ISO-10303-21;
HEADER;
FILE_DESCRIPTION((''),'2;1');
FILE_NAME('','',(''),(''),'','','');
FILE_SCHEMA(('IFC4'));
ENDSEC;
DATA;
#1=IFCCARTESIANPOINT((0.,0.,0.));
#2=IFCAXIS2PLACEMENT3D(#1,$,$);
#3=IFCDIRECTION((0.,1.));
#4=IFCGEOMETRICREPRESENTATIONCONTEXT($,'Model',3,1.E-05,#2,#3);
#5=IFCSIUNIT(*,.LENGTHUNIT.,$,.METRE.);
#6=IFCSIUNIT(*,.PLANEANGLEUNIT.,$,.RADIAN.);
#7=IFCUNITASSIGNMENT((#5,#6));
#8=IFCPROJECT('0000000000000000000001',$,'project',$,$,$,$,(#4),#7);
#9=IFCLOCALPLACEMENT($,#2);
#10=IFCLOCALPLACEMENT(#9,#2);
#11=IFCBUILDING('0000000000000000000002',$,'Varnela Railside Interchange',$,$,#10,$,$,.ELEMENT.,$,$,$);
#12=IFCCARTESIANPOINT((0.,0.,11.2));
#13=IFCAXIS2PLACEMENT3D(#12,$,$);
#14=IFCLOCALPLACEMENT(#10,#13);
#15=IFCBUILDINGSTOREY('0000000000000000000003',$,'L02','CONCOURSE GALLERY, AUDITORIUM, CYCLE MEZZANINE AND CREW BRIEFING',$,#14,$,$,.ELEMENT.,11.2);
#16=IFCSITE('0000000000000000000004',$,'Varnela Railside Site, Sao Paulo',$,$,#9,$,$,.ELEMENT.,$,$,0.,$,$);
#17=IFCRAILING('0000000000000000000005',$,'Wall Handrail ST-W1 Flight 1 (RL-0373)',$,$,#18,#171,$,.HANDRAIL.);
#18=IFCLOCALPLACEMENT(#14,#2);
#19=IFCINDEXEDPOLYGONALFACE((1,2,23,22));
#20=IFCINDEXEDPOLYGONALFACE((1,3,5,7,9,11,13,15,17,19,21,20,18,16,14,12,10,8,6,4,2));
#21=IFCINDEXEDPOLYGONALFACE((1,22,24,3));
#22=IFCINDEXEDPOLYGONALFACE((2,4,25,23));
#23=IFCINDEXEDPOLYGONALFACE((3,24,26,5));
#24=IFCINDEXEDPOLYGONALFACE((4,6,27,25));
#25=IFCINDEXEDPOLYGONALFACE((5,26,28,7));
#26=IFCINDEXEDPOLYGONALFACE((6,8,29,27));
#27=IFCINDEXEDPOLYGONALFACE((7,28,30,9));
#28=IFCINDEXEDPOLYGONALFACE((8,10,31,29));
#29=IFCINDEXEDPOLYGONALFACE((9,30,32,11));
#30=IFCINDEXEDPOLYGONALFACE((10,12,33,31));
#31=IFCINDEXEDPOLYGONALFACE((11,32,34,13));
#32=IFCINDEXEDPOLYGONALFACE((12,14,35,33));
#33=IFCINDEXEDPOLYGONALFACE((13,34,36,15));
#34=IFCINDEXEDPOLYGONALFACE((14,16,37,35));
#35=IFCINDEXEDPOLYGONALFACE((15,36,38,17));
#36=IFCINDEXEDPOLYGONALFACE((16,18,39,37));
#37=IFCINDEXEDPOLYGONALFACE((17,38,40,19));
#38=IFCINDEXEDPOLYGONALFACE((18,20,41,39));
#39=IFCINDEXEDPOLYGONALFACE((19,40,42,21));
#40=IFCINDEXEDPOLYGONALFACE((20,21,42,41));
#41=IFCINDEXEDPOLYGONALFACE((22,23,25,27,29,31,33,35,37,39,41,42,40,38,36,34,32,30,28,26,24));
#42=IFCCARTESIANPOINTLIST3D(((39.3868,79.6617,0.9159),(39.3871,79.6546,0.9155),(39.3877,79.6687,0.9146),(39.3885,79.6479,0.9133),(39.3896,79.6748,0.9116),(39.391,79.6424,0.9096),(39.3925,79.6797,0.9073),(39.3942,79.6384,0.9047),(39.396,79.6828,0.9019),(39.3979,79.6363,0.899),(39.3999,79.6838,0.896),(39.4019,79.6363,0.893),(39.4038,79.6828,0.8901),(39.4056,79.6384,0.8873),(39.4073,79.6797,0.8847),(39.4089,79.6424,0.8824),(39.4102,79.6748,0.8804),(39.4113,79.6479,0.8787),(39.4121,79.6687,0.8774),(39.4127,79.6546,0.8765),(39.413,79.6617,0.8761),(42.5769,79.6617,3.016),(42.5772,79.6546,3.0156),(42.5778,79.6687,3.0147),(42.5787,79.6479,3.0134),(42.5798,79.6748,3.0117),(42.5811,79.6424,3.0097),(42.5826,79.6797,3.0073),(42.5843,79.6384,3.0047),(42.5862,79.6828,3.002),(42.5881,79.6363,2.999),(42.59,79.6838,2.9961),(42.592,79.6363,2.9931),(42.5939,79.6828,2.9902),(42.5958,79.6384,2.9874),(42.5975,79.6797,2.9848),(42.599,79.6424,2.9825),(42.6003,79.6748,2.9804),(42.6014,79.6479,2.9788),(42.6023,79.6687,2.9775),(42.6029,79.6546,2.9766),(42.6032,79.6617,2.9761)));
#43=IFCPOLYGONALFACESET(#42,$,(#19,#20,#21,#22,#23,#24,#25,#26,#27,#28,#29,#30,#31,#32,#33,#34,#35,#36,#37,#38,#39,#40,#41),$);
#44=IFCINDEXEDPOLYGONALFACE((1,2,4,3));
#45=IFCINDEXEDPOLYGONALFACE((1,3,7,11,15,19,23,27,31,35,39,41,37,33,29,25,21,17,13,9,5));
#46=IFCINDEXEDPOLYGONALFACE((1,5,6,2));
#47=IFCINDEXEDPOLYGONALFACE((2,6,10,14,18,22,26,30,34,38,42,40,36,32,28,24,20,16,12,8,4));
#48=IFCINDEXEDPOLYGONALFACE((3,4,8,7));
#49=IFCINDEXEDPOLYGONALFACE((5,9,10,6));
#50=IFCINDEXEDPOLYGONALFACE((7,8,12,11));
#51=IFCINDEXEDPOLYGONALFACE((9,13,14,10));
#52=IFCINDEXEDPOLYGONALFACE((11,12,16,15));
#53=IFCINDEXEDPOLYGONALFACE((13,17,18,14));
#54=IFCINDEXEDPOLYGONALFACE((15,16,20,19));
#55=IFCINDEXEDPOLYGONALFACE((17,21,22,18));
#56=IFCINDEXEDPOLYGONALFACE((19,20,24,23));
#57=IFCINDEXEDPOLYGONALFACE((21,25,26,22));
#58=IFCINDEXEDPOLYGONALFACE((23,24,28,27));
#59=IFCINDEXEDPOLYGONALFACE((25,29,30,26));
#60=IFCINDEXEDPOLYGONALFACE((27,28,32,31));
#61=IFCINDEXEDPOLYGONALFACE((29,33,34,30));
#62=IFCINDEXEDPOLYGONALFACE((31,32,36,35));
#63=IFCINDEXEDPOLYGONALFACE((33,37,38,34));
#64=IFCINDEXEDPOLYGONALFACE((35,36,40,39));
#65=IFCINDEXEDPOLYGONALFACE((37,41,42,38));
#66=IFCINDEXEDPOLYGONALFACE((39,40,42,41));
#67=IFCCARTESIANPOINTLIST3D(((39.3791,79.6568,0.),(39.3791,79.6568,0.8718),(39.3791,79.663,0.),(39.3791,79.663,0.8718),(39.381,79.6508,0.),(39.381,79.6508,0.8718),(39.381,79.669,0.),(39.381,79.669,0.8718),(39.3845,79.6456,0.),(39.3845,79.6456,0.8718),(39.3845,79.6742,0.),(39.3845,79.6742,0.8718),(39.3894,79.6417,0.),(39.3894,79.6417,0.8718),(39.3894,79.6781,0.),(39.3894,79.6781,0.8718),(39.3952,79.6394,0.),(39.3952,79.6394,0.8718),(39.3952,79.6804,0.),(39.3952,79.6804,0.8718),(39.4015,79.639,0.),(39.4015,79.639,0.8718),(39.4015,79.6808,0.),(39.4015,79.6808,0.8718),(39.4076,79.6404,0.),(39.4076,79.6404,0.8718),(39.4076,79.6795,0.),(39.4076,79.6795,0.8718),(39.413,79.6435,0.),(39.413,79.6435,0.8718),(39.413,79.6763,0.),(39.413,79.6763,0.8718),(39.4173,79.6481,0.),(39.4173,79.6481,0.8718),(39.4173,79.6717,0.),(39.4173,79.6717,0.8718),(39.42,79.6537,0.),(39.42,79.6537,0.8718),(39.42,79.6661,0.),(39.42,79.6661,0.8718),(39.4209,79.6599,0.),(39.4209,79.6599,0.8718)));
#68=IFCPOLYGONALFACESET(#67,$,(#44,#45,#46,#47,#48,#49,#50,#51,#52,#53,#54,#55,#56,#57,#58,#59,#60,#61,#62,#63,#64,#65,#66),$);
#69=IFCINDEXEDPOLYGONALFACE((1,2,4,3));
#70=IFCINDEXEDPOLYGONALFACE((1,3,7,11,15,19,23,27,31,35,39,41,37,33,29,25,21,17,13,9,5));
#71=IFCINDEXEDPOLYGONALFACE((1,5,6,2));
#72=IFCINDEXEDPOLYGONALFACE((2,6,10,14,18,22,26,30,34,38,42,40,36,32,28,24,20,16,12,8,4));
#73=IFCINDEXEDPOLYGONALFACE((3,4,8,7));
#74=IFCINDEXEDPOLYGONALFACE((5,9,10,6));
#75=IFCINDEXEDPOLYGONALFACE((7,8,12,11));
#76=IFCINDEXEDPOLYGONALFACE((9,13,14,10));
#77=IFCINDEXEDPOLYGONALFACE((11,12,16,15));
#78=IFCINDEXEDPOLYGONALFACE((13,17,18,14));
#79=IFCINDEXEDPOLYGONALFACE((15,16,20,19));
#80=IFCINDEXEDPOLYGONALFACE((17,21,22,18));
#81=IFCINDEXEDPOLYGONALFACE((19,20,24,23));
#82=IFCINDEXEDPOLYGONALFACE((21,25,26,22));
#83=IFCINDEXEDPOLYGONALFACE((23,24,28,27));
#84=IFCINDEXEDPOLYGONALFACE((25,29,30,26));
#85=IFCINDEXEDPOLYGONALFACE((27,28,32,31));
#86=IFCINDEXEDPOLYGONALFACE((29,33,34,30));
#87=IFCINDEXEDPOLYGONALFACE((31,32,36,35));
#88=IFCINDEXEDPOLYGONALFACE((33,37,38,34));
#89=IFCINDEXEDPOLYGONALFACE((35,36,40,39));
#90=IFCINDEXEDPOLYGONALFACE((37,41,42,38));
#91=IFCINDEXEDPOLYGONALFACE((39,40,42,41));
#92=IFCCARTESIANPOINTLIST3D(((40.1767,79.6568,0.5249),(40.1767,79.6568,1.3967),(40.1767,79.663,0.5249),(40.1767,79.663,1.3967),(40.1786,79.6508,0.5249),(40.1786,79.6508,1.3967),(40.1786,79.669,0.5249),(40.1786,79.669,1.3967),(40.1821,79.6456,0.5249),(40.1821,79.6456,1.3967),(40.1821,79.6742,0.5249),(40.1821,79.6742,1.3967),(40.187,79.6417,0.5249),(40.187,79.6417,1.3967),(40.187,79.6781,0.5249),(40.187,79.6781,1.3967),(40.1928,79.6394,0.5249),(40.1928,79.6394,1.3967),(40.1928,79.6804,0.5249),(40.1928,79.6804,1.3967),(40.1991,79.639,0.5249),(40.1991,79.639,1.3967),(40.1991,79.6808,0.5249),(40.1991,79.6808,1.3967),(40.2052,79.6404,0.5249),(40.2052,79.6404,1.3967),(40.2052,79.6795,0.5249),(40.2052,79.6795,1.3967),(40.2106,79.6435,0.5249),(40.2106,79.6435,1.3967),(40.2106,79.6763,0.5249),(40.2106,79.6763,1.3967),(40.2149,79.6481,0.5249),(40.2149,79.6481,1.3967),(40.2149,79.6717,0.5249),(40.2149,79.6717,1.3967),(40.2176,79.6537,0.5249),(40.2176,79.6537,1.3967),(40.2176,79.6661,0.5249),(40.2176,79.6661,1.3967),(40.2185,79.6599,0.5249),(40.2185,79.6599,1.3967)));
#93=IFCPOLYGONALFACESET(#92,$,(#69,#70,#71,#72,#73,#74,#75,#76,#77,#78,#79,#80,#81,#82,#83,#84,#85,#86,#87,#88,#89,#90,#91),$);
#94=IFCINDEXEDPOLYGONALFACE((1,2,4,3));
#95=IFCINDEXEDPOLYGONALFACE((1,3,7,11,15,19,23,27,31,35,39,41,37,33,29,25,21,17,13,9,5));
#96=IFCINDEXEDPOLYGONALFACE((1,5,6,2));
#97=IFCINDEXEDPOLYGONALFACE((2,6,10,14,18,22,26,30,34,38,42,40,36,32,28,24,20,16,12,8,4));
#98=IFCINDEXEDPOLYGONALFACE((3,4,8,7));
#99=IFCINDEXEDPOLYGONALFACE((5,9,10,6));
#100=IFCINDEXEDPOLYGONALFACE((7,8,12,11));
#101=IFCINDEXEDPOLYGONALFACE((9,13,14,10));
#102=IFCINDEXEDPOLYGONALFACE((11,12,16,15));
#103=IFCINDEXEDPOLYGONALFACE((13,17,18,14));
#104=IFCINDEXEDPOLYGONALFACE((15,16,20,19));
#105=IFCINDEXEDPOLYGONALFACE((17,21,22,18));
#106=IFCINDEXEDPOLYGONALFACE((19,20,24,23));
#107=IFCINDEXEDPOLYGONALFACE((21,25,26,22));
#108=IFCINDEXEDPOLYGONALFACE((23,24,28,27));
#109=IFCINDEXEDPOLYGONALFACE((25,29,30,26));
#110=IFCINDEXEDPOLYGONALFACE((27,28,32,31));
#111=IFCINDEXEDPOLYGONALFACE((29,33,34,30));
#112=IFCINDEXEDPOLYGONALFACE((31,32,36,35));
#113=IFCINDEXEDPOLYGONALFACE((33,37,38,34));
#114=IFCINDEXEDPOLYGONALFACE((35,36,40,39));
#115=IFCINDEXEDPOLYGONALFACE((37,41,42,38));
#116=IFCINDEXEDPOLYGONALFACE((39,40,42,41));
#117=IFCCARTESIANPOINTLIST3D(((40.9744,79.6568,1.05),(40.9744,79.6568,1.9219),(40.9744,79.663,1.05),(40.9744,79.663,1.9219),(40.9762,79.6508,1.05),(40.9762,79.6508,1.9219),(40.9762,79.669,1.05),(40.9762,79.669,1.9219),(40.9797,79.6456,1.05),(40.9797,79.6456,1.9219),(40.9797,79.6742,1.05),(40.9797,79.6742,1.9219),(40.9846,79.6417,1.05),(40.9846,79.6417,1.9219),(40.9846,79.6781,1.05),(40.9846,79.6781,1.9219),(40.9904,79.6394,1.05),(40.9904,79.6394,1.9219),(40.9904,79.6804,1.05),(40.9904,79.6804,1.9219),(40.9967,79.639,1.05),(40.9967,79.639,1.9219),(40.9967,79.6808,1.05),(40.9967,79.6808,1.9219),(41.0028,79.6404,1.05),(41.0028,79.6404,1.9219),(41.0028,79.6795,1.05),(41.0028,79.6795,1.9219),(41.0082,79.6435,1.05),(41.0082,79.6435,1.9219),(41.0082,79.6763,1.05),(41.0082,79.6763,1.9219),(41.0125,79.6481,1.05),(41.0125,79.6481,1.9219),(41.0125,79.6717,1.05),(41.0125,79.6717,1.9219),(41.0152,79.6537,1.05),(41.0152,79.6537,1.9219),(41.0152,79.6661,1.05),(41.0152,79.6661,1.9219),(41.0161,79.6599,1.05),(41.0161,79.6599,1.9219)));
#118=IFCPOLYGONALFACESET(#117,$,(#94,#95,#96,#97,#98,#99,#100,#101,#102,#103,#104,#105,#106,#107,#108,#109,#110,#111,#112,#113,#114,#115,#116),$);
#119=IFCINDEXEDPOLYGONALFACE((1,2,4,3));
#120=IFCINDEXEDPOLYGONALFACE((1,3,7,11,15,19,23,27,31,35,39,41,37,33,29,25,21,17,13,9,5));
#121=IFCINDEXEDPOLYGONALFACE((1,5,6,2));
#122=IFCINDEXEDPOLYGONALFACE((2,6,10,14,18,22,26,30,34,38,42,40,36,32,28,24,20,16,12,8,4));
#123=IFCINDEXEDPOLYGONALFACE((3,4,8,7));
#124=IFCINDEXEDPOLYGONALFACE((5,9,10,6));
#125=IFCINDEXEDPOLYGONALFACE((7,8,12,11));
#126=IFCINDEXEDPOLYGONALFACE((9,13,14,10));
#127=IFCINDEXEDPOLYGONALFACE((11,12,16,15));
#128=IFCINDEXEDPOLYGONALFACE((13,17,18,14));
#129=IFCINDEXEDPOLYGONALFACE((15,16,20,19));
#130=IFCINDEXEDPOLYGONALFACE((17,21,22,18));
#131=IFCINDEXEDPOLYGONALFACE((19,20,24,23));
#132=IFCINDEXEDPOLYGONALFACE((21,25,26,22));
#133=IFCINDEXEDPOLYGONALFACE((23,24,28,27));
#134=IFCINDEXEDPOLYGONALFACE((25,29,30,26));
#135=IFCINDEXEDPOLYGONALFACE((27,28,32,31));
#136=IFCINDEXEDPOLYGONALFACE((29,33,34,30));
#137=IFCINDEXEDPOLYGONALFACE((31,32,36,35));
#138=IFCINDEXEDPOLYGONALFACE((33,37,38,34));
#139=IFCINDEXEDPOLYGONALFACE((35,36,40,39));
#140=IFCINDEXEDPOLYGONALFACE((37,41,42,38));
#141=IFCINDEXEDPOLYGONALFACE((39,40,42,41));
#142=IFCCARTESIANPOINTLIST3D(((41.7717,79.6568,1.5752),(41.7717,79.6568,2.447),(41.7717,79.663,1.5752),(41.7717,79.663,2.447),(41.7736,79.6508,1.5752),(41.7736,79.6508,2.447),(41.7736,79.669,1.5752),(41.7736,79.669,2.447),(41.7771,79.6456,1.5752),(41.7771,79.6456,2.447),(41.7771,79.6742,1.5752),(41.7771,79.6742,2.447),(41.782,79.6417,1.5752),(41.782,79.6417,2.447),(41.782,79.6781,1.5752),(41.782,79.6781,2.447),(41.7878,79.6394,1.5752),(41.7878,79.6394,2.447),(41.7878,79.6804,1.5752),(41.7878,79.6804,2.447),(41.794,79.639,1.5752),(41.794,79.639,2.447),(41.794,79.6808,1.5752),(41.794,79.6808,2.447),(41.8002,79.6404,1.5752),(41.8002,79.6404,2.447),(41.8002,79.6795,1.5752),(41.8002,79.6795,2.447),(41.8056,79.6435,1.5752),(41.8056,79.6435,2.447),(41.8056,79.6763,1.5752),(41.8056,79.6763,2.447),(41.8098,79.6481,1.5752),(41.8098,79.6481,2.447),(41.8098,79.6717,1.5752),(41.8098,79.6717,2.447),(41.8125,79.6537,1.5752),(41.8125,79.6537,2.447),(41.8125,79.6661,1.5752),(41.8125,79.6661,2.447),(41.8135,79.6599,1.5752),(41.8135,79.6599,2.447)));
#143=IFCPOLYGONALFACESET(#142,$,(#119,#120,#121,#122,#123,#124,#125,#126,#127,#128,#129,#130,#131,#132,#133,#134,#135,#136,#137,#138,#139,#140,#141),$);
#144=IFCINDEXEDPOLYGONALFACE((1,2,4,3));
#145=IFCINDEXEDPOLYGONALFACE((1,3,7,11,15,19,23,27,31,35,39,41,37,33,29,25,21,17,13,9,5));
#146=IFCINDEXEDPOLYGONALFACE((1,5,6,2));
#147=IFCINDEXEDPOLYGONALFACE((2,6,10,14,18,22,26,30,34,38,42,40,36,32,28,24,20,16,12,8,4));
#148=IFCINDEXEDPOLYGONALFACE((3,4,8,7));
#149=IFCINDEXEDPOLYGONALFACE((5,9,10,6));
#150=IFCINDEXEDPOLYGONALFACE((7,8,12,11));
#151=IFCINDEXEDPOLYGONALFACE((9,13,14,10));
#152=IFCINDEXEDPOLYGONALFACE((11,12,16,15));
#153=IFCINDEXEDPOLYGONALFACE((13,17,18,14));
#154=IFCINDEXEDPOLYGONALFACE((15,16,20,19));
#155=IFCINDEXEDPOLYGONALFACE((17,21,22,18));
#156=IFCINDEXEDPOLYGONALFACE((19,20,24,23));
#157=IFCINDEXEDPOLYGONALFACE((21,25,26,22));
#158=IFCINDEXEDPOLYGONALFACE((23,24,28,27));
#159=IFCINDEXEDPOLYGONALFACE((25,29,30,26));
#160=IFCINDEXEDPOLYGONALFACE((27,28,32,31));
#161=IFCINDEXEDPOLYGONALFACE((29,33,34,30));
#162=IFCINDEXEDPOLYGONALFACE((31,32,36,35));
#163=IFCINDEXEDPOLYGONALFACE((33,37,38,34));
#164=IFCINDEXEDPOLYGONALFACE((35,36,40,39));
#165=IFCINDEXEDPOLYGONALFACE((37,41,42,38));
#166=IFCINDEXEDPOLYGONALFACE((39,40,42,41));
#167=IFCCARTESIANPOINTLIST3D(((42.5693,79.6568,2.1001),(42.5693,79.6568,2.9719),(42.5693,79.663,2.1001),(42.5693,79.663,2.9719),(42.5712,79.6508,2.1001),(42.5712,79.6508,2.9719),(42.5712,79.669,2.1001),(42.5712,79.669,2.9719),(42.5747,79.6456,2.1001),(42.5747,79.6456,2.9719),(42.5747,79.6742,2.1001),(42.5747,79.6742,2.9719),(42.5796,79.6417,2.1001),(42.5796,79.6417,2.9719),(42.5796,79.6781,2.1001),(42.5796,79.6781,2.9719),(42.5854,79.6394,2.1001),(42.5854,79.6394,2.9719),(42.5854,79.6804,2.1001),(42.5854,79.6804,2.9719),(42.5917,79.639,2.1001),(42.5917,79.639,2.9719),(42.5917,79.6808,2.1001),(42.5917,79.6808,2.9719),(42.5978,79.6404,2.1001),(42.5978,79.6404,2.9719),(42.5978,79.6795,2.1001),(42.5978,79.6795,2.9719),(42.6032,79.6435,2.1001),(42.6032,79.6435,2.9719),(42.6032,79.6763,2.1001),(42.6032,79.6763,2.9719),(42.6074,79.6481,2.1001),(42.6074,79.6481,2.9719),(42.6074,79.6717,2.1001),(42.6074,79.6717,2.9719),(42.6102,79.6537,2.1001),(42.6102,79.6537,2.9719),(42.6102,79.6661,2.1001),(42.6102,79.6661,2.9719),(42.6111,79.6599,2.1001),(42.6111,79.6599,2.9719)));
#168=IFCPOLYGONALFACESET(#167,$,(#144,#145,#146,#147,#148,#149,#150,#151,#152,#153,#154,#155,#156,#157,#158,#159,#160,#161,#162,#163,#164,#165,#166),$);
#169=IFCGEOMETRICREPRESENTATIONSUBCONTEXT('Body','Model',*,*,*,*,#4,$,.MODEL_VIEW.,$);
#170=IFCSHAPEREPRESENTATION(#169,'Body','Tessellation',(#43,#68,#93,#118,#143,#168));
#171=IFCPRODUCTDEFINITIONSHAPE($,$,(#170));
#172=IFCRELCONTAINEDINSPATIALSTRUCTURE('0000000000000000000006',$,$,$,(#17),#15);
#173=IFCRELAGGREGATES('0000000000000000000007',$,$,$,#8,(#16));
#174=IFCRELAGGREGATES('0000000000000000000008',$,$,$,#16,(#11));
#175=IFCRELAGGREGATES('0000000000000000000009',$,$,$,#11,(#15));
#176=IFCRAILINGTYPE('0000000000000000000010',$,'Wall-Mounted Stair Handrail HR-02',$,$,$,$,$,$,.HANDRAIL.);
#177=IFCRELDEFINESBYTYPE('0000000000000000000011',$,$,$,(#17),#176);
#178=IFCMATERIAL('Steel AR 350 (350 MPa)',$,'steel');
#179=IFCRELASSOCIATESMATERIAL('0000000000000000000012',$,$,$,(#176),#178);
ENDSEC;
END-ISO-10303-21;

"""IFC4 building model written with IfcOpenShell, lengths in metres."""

from ifc_helpers import new_model, si_unit, direction, frame, origin, origin_2d, place, context, subcontext, project, spatial, circle, extrude, material, type_object, element, save


model = new_model("IFC4")

# Units and contexts
model_context = context("Model", 3, precision=1e-05, world=origin(), true_north=direction((0.0, 1.0)))
body_context = subcontext(model_context, "Body", "Model", "MODEL_VIEW")
ifc_project = project(units=[si_unit("LENGTHUNIT", "METRE"), si_unit("PLANEANGLEUNIT", "RADIAN")], contexts=[model_context])

# Site, building, storey
site_placement = place(None, origin())
site = spatial("IfcSite", under=ifc_project, at=site_placement, Name="Varnela Railside Site, Sao Paulo", CompositionType="ELEMENT", RefElevation=0.0)
building_placement = place(site_placement, origin())
building = spatial("IfcBuilding", under=site, at=building_placement, Name="Varnela Railside Interchange", CompositionType="ELEMENT")
storey_placement = place(building_placement, frame((0.0, 0.0, 11.2)))
storey = spatial("IfcBuildingStorey", under=building, at=storey_placement, Name="L02", Description="CONCOURSE GALLERY, AUDITORIUM, CYCLE MEZZANINE AND CREW BRIEFING", CompositionType="ELEMENT", Elevation=11.2)

# Shared definitions
ifc_material_1 = material(Name="Steel AR 350 (350 MPa)", Category="steel")

# Railing
railing_type_1 = type_object("IfcRailingType", Name="Wall-Mounted Stair Handrail HR-02", PredefinedType="HANDRAIL", material=ifc_material_1)
railing_1_placement = place(storey_placement, frame((39.3999, 79.6599, 0.0)))
element("IfcRailing", 1, at=railing_1_placement, inside=storey, type_object=railing_type_1, Name="Wall Handrail ST-W1 Flight 1 (RL-0373)", PredefinedType="HANDRAIL", context=body_context, shape_type="SweptSolid", body=[
    extrude(circle(Radius=0.0239, at=origin_2d()), frame((0.0, 0.0, 0.896), z_axis=(0.835262, 0.0, 0.549852), x_axis=(0.0, 1.0, 0.0)), (0.0, 0.0, 1.0), 3.8193),
    extrude(circle(Radius=0.021, at=origin_2d()), origin(), (0.0, 0.0, 1.0), 0.8718),
    extrude(circle(Radius=0.021, at=origin_2d()), frame((0.7976, 0.0, 0.5249)), (0.0, 0.0, 1.0), 0.8718),
    extrude(circle(Radius=0.021, at=origin_2d()), frame((1.5952, 0.0, 1.05)), (0.0, 0.0, 1.0), 0.8718),
    extrude(circle(Radius=0.021, at=origin_2d()), frame((2.3926, 0.0, 1.5752)), (0.0, 0.0, 1.0), 0.8718),
    extrude(circle(Radius=0.021, at=origin_2d()), frame((3.1902, 0.0, 2.1001)), (0.0, 0.0, 1.0), 0.8718),
])

save(model, "model.ifc")
